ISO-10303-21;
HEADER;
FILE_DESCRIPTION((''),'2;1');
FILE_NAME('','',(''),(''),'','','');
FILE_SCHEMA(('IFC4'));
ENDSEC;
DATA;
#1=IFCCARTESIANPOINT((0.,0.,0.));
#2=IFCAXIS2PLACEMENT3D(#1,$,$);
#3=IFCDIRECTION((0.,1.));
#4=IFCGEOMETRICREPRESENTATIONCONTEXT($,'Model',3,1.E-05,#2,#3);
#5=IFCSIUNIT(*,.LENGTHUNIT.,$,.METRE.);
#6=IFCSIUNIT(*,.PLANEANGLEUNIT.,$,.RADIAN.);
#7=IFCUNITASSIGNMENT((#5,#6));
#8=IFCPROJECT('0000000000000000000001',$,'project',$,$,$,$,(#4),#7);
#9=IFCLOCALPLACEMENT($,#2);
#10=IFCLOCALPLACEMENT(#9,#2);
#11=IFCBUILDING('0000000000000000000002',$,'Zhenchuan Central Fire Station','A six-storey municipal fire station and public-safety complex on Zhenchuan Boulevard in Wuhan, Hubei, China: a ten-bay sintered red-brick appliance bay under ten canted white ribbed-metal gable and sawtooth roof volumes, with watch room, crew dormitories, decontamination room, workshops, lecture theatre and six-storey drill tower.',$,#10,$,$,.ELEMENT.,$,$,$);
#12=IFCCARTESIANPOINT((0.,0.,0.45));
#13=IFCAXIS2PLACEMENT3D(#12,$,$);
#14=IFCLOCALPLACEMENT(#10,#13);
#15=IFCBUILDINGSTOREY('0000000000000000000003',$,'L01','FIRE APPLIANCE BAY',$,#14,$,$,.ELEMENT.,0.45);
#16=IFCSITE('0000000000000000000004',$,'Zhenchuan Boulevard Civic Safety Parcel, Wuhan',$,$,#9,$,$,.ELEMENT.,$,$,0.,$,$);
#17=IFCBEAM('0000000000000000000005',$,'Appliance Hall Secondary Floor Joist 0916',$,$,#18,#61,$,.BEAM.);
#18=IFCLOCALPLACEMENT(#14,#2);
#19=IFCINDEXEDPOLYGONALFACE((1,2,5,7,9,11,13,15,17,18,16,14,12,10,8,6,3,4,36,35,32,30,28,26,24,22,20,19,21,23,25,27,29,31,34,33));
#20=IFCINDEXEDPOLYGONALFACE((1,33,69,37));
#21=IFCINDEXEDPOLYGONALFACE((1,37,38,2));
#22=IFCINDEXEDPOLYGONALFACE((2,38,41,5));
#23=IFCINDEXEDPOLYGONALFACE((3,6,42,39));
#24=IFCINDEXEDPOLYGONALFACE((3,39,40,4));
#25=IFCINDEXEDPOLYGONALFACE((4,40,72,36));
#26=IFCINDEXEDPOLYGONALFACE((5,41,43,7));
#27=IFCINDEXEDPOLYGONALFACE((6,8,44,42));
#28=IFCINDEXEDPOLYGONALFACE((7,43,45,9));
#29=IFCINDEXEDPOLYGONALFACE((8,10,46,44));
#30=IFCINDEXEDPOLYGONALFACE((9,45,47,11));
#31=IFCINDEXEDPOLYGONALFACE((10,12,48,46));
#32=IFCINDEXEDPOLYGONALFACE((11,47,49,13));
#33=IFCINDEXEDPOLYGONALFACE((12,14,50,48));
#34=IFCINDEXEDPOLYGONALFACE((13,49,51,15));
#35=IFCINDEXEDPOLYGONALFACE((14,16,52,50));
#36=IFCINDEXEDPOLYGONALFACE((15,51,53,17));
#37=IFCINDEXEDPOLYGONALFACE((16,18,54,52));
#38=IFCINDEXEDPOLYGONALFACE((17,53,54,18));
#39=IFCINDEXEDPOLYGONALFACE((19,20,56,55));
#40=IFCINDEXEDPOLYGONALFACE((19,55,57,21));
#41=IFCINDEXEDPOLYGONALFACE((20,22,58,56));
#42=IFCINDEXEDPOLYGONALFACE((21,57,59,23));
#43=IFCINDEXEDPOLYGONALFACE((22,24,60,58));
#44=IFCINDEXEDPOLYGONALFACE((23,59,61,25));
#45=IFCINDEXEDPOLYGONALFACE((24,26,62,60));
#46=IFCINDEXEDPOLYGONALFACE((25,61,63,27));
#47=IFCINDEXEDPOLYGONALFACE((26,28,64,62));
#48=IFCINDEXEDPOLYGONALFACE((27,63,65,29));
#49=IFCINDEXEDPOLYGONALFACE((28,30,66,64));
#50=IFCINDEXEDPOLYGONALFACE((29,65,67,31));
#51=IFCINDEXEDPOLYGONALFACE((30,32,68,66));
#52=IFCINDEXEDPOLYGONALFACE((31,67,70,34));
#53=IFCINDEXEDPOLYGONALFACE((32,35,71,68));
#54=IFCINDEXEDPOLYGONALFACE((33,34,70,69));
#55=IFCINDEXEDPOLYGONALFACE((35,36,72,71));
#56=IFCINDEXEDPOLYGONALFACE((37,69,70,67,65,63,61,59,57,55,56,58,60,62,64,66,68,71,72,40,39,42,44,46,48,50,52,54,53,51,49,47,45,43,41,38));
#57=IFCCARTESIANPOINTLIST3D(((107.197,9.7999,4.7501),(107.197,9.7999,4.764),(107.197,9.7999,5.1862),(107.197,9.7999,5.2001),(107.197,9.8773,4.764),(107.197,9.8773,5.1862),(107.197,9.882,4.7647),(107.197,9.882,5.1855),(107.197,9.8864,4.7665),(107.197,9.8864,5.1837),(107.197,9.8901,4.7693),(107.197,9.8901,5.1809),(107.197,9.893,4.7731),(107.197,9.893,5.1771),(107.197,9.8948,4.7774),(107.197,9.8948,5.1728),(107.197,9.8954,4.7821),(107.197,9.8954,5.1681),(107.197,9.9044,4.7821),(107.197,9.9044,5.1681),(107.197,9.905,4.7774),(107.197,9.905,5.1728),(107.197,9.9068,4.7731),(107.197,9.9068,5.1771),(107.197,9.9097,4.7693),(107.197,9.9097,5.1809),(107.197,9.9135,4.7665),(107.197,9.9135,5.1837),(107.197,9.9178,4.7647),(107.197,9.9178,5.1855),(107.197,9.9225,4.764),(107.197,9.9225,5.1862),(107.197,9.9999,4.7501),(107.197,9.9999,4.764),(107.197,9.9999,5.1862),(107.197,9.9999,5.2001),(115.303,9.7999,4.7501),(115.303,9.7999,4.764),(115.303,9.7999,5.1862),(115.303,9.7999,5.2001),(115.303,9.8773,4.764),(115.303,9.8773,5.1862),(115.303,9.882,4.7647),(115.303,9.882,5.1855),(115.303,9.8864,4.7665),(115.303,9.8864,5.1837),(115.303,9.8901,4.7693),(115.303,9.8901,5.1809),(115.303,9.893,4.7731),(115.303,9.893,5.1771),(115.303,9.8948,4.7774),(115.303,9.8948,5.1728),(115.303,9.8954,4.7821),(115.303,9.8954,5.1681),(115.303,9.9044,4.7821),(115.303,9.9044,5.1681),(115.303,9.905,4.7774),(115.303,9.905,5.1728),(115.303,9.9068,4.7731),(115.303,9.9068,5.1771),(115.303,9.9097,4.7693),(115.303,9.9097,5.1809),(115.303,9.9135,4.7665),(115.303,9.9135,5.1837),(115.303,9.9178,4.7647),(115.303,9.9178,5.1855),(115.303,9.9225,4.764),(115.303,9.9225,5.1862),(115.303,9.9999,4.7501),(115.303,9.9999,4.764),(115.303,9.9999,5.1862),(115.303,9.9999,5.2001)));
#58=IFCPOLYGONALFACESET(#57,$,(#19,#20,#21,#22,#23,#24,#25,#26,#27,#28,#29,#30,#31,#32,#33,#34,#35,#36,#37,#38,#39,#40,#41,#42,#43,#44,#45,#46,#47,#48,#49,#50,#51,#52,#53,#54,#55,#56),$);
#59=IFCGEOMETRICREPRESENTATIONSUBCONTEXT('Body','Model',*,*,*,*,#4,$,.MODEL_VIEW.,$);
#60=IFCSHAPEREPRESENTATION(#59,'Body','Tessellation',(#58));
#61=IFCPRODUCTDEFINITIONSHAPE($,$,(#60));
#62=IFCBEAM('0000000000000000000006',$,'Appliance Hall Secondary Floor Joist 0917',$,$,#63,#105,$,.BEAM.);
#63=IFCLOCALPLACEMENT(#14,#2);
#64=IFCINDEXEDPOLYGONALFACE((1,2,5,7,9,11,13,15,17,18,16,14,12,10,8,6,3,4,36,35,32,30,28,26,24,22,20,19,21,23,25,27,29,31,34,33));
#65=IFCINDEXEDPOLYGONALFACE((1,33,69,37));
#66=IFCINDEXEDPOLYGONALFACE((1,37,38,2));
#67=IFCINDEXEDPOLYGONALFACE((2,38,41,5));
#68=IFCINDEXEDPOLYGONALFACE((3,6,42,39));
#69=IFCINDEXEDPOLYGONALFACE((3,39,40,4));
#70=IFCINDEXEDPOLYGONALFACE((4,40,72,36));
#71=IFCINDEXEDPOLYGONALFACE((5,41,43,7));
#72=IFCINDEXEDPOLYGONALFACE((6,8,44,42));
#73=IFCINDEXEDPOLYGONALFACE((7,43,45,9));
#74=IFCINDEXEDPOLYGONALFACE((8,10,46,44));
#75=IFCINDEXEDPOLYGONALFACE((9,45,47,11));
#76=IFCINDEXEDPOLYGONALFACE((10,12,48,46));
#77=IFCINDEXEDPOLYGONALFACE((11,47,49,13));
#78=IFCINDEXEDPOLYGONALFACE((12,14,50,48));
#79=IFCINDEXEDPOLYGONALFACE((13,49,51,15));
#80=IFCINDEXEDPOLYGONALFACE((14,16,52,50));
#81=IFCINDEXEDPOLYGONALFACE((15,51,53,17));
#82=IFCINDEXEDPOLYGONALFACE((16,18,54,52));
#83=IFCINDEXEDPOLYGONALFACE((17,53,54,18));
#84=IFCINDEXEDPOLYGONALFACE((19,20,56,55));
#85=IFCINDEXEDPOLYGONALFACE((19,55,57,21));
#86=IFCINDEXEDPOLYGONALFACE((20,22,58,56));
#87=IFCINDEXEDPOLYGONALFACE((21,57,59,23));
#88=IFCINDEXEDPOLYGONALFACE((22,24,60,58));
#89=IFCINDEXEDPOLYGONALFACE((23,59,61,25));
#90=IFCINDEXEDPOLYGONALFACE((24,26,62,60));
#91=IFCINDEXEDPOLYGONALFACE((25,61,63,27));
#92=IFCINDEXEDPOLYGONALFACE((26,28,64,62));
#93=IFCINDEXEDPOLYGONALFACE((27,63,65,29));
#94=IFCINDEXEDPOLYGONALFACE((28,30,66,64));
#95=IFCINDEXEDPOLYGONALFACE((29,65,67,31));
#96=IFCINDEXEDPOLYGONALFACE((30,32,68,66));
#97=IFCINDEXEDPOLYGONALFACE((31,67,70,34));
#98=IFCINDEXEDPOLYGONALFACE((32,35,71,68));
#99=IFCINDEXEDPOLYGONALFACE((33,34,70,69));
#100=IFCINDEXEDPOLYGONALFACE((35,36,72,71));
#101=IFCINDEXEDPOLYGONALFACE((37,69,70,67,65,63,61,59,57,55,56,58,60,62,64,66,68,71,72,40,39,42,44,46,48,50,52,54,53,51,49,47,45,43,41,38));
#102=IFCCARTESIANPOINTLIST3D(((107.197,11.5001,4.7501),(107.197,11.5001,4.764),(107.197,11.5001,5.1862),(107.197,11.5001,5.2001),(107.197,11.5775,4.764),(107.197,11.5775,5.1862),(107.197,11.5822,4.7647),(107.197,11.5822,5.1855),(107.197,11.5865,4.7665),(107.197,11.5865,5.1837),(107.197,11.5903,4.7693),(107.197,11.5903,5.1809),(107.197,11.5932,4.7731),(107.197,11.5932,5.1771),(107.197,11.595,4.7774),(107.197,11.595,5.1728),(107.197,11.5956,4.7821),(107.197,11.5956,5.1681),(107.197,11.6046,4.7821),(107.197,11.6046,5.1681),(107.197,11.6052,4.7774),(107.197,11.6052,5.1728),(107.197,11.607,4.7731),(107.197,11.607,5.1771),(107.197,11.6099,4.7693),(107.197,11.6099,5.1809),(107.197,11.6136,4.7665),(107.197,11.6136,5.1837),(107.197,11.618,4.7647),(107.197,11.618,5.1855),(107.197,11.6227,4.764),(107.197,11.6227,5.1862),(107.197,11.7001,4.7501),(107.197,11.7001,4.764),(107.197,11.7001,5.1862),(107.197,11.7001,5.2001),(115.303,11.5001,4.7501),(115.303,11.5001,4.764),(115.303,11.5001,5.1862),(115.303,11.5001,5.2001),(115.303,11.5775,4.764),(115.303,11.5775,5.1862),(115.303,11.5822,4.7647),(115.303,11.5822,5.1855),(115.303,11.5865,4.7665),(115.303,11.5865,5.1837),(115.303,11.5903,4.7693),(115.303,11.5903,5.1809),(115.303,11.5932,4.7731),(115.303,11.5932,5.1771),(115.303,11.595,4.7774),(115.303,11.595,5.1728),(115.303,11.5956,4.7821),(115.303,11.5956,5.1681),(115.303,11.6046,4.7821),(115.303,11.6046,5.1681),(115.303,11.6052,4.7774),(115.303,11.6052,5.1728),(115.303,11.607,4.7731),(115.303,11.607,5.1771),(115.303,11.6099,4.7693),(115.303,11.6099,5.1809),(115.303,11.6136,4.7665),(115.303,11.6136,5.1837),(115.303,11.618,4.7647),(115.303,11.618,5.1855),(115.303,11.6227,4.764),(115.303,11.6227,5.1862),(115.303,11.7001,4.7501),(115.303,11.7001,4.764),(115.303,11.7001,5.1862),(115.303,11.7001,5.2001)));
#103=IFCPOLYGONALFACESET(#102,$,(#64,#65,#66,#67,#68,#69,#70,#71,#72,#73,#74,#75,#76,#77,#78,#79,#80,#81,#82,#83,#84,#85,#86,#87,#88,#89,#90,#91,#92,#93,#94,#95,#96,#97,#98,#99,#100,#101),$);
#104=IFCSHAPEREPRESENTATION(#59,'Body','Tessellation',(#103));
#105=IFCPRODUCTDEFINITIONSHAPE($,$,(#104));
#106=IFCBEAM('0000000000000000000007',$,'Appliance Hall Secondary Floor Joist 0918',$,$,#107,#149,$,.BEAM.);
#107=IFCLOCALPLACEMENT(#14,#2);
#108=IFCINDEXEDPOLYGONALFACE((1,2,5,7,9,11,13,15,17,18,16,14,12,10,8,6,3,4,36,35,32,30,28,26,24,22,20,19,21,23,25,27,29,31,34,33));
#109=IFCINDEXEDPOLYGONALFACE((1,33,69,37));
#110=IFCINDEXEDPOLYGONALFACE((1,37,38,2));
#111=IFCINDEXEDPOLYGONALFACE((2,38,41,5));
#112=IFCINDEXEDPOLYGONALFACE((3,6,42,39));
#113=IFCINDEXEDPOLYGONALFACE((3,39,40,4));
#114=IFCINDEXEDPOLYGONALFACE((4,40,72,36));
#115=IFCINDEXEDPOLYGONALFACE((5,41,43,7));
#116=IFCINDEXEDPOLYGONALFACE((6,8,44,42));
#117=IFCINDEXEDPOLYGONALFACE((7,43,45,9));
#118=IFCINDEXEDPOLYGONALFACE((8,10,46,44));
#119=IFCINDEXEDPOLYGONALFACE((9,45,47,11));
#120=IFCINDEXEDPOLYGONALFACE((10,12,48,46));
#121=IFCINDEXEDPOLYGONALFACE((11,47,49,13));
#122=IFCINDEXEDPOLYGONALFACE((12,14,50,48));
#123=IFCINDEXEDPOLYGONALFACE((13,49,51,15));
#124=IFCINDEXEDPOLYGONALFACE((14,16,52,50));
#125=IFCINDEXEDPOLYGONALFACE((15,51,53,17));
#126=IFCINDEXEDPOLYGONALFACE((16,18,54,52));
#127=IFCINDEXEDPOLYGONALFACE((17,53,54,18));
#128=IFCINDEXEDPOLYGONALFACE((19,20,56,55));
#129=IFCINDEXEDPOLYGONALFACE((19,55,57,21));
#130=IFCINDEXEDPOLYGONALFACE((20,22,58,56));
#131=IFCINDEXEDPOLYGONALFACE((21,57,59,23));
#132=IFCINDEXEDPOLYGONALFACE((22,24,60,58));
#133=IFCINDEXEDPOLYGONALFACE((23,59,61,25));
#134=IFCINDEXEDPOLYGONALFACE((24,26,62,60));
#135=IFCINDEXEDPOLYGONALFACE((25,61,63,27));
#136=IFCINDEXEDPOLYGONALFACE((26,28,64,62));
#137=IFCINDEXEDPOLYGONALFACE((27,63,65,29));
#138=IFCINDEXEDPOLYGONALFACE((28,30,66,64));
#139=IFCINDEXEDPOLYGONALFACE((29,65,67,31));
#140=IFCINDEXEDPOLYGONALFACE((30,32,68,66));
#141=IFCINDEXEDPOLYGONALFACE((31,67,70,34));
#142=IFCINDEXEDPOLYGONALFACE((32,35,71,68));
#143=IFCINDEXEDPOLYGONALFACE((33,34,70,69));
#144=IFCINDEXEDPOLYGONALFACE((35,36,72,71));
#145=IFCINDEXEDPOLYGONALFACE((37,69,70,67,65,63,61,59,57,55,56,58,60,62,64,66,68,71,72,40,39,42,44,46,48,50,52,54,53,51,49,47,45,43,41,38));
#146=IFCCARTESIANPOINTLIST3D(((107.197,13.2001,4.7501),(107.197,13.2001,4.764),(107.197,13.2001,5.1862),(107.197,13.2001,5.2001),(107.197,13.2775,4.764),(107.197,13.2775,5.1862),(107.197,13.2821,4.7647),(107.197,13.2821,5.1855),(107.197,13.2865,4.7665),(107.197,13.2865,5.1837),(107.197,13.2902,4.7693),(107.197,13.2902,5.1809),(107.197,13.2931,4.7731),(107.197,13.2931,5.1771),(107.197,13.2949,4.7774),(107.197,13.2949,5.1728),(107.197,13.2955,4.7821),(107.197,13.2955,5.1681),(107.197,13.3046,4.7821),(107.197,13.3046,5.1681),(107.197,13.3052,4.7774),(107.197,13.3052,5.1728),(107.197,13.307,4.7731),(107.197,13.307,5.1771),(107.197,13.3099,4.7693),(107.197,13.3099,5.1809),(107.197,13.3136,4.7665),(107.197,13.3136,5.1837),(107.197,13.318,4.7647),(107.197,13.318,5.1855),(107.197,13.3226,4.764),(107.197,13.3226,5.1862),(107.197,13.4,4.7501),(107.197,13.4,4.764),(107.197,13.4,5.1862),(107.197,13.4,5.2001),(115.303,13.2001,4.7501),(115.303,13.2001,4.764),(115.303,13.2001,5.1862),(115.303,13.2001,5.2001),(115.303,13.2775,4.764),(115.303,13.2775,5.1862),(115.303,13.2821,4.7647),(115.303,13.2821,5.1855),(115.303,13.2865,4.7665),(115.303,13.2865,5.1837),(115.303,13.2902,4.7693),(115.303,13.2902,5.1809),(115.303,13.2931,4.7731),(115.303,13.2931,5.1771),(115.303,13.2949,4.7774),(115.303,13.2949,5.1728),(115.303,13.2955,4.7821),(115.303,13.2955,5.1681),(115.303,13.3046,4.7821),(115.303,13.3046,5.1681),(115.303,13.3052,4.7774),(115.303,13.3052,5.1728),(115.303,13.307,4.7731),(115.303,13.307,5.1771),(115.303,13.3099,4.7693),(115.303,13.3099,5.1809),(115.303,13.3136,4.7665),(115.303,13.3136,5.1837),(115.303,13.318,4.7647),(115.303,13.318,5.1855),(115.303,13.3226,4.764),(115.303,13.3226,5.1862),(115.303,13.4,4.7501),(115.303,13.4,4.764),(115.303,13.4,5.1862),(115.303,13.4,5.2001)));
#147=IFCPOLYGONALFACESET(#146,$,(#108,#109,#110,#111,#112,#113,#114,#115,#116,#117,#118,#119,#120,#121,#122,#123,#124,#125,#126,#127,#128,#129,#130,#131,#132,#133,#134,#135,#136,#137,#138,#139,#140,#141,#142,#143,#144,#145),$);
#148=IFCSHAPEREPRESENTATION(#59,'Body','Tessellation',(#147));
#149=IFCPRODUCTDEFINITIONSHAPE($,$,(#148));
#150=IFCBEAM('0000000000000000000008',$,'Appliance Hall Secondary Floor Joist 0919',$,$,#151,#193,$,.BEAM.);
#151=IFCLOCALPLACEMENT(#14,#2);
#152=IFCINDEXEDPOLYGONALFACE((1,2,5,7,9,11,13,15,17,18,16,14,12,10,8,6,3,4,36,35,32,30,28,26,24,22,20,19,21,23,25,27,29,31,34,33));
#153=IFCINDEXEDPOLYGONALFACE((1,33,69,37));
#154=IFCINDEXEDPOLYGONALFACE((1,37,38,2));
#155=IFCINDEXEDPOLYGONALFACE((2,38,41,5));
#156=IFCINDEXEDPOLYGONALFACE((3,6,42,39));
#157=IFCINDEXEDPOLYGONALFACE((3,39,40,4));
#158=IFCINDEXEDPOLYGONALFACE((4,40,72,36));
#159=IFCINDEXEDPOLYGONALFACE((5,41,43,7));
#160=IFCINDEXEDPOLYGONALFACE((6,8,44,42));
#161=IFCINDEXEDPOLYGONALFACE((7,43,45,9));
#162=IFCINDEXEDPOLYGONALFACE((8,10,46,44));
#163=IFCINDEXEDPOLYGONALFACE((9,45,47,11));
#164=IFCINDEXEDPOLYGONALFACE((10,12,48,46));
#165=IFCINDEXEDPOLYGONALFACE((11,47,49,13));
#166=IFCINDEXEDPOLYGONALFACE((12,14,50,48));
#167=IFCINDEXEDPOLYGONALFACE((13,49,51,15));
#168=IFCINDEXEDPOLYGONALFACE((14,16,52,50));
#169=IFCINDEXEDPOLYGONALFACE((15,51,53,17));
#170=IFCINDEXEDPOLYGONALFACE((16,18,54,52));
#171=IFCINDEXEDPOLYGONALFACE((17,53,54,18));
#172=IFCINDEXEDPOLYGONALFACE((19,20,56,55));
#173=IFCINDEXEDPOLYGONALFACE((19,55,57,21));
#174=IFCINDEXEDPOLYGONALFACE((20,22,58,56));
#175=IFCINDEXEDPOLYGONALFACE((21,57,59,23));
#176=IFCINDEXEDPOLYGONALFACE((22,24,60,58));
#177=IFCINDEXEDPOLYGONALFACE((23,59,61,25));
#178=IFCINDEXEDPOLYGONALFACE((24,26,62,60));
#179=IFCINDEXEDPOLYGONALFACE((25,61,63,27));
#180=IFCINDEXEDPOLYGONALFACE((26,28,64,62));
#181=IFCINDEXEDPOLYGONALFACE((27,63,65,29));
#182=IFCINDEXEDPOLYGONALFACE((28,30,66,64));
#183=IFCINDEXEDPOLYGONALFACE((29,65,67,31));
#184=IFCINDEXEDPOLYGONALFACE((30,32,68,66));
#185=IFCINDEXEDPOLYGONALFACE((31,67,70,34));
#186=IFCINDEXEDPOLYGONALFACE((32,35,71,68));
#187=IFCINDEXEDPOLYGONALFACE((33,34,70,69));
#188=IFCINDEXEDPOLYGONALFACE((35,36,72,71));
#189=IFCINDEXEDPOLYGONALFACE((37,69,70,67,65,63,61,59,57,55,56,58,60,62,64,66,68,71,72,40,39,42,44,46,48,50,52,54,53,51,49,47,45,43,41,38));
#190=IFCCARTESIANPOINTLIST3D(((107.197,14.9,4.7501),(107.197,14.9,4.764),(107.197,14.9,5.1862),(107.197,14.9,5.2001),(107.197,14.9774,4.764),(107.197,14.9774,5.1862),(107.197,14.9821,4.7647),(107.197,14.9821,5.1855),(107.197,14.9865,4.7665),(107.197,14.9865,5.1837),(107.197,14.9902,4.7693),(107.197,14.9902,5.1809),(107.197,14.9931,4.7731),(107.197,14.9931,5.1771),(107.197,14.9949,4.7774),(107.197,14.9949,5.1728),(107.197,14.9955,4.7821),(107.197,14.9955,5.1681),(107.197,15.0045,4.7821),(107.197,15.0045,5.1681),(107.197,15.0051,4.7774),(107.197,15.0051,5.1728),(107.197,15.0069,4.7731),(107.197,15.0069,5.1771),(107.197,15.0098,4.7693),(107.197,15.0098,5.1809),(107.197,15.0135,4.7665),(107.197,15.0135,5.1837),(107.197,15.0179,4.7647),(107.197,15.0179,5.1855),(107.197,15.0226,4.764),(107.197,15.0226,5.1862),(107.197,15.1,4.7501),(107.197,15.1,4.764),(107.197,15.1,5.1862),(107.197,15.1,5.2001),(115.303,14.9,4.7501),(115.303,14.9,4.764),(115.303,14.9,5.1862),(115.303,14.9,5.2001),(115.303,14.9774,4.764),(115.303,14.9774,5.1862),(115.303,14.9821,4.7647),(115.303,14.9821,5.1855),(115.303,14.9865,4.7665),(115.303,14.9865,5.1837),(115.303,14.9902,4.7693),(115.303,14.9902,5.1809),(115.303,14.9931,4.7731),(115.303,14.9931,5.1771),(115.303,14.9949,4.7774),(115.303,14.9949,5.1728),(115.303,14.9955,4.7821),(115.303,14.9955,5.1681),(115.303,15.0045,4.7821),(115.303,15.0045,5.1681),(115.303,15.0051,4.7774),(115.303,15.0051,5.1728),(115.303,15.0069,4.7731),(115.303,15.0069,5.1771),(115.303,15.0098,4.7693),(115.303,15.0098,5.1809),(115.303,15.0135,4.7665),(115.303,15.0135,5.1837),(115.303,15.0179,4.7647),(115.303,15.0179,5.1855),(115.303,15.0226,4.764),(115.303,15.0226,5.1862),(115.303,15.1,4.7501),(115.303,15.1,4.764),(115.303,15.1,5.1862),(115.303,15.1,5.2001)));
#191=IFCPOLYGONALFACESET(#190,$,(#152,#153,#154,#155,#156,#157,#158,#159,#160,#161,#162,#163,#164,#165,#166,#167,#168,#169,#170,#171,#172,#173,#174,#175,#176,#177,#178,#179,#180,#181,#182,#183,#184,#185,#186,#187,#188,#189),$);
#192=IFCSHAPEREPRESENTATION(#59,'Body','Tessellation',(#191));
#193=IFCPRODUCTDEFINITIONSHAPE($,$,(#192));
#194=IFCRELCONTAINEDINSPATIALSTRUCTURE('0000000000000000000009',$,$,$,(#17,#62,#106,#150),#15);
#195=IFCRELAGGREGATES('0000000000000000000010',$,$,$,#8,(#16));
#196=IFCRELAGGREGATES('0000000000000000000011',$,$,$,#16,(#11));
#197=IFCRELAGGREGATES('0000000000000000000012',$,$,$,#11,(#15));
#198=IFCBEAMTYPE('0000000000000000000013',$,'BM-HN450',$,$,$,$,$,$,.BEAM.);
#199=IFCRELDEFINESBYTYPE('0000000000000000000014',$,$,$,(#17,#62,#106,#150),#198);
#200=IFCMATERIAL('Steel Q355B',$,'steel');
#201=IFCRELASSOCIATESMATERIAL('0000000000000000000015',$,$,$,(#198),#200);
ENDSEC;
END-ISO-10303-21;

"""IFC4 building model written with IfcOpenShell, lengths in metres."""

from ifc_helpers import new_model, si_unit, direction, frame, origin, origin_2d, place, context, subcontext, project, spatial, i_section, extrude, material, material_profile, profile_set, type_object, element, save


model = new_model("IFC4")

# Units and contexts
model_context = context("Model", 3, precision=1e-05, world=origin(), true_north=direction((0.0, 1.0)))
body_context = subcontext(model_context, "Body", "Model", "MODEL_VIEW")
ifc_project = project(units=[si_unit("LENGTHUNIT", "METRE"), si_unit("PLANEANGLEUNIT", "RADIAN")], contexts=[model_context])

# Site, building, storey
site_placement = place(None, origin())
site = spatial("IfcSite", under=ifc_project, at=site_placement, Name="Zhenchuan Boulevard Civic Safety Parcel, Wuhan", CompositionType="ELEMENT", RefElevation=0.0)
building_placement = place(site_placement, origin())
building = spatial("IfcBuilding", under=site, at=building_placement, Name="Zhenchuan Central Fire Station", Description="A six-storey municipal fire station and public-safety complex on Zhenchuan Boulevard in Wuhan, Hubei, China: a ten-bay sintered red-brick appliance bay under ten canted white ribbed-metal gable and sawtooth roof volumes, with watch room, crew dormitories, decontamination room, workshops, lecture theatre and six-storey drill tower.", CompositionType="ELEMENT")
storey_placement = place(building_placement, frame((0.0, 0.0, 0.45)))
storey = spatial("IfcBuildingStorey", under=building, at=storey_placement, Name="L01", Description="FIRE APPLIANCE BAY", CompositionType="ELEMENT", Elevation=0.45)

# Shared definitions
ifc_material_1 = material(Name="Steel Q355B", Category="steel")

# Beams
ifc_material_profile_1 = material_profile(ifc_material_1, i_section(OverallWidth=0.2, OverallDepth=0.45, WebThickness=0.009, FlangeThickness=0.0139, FilletRadius=0.0181, at=origin_2d()), Name="HN 450x200")
ifc_profile_set_1 = profile_set([ifc_material_profile_1], Name="Steel Q355B")
beam_type_1 = type_object("IfcBeamType", Name="BM-HN450", PredefinedType="BEAM", material=ifc_profile_set_1)
for number, where, z_axis, x_axis, name in (
    (1, (107.197, 9.8999, 4.9751), (1.0, 0.0, 0.0), (0.0, 1.0, 0.0), "Appliance Hall Secondary Floor Joist 0916"),
    (2, (107.197, 11.6001, 4.9751), (1.0, 0.0, 0.0), (0.0, 1.0, 0.0), "Appliance Hall Secondary Floor Joist 0917"),
    (3, (107.197, 13.3, 4.9751), (1.0, 0.0, 0.0), (0.0, 1.0, 0.0), "Appliance Hall Secondary Floor Joist 0918"),
    (4, (107.197, 15.0, 4.9751), (1.0, 0.0, 0.0), (0.0, 1.0, 0.0), "Appliance Hall Secondary Floor Joist 0919"),
):
    element("IfcBeam", number, at=place(storey_placement, frame(where, z_axis=z_axis, x_axis=x_axis)), inside=storey, type_object=beam_type_1, Name=name, PredefinedType="BEAM", context=body_context, shape_type="SweptSolid", body=[
        extrude(i_section(OverallWidth=0.2, OverallDepth=0.45, WebThickness=0.009, FlangeThickness=0.0139, FilletRadius=0.0181, at=origin_2d()), origin(), (0.0, 0.0, 1.0), 8.106),
    ])

save(model, "model.ifc")
